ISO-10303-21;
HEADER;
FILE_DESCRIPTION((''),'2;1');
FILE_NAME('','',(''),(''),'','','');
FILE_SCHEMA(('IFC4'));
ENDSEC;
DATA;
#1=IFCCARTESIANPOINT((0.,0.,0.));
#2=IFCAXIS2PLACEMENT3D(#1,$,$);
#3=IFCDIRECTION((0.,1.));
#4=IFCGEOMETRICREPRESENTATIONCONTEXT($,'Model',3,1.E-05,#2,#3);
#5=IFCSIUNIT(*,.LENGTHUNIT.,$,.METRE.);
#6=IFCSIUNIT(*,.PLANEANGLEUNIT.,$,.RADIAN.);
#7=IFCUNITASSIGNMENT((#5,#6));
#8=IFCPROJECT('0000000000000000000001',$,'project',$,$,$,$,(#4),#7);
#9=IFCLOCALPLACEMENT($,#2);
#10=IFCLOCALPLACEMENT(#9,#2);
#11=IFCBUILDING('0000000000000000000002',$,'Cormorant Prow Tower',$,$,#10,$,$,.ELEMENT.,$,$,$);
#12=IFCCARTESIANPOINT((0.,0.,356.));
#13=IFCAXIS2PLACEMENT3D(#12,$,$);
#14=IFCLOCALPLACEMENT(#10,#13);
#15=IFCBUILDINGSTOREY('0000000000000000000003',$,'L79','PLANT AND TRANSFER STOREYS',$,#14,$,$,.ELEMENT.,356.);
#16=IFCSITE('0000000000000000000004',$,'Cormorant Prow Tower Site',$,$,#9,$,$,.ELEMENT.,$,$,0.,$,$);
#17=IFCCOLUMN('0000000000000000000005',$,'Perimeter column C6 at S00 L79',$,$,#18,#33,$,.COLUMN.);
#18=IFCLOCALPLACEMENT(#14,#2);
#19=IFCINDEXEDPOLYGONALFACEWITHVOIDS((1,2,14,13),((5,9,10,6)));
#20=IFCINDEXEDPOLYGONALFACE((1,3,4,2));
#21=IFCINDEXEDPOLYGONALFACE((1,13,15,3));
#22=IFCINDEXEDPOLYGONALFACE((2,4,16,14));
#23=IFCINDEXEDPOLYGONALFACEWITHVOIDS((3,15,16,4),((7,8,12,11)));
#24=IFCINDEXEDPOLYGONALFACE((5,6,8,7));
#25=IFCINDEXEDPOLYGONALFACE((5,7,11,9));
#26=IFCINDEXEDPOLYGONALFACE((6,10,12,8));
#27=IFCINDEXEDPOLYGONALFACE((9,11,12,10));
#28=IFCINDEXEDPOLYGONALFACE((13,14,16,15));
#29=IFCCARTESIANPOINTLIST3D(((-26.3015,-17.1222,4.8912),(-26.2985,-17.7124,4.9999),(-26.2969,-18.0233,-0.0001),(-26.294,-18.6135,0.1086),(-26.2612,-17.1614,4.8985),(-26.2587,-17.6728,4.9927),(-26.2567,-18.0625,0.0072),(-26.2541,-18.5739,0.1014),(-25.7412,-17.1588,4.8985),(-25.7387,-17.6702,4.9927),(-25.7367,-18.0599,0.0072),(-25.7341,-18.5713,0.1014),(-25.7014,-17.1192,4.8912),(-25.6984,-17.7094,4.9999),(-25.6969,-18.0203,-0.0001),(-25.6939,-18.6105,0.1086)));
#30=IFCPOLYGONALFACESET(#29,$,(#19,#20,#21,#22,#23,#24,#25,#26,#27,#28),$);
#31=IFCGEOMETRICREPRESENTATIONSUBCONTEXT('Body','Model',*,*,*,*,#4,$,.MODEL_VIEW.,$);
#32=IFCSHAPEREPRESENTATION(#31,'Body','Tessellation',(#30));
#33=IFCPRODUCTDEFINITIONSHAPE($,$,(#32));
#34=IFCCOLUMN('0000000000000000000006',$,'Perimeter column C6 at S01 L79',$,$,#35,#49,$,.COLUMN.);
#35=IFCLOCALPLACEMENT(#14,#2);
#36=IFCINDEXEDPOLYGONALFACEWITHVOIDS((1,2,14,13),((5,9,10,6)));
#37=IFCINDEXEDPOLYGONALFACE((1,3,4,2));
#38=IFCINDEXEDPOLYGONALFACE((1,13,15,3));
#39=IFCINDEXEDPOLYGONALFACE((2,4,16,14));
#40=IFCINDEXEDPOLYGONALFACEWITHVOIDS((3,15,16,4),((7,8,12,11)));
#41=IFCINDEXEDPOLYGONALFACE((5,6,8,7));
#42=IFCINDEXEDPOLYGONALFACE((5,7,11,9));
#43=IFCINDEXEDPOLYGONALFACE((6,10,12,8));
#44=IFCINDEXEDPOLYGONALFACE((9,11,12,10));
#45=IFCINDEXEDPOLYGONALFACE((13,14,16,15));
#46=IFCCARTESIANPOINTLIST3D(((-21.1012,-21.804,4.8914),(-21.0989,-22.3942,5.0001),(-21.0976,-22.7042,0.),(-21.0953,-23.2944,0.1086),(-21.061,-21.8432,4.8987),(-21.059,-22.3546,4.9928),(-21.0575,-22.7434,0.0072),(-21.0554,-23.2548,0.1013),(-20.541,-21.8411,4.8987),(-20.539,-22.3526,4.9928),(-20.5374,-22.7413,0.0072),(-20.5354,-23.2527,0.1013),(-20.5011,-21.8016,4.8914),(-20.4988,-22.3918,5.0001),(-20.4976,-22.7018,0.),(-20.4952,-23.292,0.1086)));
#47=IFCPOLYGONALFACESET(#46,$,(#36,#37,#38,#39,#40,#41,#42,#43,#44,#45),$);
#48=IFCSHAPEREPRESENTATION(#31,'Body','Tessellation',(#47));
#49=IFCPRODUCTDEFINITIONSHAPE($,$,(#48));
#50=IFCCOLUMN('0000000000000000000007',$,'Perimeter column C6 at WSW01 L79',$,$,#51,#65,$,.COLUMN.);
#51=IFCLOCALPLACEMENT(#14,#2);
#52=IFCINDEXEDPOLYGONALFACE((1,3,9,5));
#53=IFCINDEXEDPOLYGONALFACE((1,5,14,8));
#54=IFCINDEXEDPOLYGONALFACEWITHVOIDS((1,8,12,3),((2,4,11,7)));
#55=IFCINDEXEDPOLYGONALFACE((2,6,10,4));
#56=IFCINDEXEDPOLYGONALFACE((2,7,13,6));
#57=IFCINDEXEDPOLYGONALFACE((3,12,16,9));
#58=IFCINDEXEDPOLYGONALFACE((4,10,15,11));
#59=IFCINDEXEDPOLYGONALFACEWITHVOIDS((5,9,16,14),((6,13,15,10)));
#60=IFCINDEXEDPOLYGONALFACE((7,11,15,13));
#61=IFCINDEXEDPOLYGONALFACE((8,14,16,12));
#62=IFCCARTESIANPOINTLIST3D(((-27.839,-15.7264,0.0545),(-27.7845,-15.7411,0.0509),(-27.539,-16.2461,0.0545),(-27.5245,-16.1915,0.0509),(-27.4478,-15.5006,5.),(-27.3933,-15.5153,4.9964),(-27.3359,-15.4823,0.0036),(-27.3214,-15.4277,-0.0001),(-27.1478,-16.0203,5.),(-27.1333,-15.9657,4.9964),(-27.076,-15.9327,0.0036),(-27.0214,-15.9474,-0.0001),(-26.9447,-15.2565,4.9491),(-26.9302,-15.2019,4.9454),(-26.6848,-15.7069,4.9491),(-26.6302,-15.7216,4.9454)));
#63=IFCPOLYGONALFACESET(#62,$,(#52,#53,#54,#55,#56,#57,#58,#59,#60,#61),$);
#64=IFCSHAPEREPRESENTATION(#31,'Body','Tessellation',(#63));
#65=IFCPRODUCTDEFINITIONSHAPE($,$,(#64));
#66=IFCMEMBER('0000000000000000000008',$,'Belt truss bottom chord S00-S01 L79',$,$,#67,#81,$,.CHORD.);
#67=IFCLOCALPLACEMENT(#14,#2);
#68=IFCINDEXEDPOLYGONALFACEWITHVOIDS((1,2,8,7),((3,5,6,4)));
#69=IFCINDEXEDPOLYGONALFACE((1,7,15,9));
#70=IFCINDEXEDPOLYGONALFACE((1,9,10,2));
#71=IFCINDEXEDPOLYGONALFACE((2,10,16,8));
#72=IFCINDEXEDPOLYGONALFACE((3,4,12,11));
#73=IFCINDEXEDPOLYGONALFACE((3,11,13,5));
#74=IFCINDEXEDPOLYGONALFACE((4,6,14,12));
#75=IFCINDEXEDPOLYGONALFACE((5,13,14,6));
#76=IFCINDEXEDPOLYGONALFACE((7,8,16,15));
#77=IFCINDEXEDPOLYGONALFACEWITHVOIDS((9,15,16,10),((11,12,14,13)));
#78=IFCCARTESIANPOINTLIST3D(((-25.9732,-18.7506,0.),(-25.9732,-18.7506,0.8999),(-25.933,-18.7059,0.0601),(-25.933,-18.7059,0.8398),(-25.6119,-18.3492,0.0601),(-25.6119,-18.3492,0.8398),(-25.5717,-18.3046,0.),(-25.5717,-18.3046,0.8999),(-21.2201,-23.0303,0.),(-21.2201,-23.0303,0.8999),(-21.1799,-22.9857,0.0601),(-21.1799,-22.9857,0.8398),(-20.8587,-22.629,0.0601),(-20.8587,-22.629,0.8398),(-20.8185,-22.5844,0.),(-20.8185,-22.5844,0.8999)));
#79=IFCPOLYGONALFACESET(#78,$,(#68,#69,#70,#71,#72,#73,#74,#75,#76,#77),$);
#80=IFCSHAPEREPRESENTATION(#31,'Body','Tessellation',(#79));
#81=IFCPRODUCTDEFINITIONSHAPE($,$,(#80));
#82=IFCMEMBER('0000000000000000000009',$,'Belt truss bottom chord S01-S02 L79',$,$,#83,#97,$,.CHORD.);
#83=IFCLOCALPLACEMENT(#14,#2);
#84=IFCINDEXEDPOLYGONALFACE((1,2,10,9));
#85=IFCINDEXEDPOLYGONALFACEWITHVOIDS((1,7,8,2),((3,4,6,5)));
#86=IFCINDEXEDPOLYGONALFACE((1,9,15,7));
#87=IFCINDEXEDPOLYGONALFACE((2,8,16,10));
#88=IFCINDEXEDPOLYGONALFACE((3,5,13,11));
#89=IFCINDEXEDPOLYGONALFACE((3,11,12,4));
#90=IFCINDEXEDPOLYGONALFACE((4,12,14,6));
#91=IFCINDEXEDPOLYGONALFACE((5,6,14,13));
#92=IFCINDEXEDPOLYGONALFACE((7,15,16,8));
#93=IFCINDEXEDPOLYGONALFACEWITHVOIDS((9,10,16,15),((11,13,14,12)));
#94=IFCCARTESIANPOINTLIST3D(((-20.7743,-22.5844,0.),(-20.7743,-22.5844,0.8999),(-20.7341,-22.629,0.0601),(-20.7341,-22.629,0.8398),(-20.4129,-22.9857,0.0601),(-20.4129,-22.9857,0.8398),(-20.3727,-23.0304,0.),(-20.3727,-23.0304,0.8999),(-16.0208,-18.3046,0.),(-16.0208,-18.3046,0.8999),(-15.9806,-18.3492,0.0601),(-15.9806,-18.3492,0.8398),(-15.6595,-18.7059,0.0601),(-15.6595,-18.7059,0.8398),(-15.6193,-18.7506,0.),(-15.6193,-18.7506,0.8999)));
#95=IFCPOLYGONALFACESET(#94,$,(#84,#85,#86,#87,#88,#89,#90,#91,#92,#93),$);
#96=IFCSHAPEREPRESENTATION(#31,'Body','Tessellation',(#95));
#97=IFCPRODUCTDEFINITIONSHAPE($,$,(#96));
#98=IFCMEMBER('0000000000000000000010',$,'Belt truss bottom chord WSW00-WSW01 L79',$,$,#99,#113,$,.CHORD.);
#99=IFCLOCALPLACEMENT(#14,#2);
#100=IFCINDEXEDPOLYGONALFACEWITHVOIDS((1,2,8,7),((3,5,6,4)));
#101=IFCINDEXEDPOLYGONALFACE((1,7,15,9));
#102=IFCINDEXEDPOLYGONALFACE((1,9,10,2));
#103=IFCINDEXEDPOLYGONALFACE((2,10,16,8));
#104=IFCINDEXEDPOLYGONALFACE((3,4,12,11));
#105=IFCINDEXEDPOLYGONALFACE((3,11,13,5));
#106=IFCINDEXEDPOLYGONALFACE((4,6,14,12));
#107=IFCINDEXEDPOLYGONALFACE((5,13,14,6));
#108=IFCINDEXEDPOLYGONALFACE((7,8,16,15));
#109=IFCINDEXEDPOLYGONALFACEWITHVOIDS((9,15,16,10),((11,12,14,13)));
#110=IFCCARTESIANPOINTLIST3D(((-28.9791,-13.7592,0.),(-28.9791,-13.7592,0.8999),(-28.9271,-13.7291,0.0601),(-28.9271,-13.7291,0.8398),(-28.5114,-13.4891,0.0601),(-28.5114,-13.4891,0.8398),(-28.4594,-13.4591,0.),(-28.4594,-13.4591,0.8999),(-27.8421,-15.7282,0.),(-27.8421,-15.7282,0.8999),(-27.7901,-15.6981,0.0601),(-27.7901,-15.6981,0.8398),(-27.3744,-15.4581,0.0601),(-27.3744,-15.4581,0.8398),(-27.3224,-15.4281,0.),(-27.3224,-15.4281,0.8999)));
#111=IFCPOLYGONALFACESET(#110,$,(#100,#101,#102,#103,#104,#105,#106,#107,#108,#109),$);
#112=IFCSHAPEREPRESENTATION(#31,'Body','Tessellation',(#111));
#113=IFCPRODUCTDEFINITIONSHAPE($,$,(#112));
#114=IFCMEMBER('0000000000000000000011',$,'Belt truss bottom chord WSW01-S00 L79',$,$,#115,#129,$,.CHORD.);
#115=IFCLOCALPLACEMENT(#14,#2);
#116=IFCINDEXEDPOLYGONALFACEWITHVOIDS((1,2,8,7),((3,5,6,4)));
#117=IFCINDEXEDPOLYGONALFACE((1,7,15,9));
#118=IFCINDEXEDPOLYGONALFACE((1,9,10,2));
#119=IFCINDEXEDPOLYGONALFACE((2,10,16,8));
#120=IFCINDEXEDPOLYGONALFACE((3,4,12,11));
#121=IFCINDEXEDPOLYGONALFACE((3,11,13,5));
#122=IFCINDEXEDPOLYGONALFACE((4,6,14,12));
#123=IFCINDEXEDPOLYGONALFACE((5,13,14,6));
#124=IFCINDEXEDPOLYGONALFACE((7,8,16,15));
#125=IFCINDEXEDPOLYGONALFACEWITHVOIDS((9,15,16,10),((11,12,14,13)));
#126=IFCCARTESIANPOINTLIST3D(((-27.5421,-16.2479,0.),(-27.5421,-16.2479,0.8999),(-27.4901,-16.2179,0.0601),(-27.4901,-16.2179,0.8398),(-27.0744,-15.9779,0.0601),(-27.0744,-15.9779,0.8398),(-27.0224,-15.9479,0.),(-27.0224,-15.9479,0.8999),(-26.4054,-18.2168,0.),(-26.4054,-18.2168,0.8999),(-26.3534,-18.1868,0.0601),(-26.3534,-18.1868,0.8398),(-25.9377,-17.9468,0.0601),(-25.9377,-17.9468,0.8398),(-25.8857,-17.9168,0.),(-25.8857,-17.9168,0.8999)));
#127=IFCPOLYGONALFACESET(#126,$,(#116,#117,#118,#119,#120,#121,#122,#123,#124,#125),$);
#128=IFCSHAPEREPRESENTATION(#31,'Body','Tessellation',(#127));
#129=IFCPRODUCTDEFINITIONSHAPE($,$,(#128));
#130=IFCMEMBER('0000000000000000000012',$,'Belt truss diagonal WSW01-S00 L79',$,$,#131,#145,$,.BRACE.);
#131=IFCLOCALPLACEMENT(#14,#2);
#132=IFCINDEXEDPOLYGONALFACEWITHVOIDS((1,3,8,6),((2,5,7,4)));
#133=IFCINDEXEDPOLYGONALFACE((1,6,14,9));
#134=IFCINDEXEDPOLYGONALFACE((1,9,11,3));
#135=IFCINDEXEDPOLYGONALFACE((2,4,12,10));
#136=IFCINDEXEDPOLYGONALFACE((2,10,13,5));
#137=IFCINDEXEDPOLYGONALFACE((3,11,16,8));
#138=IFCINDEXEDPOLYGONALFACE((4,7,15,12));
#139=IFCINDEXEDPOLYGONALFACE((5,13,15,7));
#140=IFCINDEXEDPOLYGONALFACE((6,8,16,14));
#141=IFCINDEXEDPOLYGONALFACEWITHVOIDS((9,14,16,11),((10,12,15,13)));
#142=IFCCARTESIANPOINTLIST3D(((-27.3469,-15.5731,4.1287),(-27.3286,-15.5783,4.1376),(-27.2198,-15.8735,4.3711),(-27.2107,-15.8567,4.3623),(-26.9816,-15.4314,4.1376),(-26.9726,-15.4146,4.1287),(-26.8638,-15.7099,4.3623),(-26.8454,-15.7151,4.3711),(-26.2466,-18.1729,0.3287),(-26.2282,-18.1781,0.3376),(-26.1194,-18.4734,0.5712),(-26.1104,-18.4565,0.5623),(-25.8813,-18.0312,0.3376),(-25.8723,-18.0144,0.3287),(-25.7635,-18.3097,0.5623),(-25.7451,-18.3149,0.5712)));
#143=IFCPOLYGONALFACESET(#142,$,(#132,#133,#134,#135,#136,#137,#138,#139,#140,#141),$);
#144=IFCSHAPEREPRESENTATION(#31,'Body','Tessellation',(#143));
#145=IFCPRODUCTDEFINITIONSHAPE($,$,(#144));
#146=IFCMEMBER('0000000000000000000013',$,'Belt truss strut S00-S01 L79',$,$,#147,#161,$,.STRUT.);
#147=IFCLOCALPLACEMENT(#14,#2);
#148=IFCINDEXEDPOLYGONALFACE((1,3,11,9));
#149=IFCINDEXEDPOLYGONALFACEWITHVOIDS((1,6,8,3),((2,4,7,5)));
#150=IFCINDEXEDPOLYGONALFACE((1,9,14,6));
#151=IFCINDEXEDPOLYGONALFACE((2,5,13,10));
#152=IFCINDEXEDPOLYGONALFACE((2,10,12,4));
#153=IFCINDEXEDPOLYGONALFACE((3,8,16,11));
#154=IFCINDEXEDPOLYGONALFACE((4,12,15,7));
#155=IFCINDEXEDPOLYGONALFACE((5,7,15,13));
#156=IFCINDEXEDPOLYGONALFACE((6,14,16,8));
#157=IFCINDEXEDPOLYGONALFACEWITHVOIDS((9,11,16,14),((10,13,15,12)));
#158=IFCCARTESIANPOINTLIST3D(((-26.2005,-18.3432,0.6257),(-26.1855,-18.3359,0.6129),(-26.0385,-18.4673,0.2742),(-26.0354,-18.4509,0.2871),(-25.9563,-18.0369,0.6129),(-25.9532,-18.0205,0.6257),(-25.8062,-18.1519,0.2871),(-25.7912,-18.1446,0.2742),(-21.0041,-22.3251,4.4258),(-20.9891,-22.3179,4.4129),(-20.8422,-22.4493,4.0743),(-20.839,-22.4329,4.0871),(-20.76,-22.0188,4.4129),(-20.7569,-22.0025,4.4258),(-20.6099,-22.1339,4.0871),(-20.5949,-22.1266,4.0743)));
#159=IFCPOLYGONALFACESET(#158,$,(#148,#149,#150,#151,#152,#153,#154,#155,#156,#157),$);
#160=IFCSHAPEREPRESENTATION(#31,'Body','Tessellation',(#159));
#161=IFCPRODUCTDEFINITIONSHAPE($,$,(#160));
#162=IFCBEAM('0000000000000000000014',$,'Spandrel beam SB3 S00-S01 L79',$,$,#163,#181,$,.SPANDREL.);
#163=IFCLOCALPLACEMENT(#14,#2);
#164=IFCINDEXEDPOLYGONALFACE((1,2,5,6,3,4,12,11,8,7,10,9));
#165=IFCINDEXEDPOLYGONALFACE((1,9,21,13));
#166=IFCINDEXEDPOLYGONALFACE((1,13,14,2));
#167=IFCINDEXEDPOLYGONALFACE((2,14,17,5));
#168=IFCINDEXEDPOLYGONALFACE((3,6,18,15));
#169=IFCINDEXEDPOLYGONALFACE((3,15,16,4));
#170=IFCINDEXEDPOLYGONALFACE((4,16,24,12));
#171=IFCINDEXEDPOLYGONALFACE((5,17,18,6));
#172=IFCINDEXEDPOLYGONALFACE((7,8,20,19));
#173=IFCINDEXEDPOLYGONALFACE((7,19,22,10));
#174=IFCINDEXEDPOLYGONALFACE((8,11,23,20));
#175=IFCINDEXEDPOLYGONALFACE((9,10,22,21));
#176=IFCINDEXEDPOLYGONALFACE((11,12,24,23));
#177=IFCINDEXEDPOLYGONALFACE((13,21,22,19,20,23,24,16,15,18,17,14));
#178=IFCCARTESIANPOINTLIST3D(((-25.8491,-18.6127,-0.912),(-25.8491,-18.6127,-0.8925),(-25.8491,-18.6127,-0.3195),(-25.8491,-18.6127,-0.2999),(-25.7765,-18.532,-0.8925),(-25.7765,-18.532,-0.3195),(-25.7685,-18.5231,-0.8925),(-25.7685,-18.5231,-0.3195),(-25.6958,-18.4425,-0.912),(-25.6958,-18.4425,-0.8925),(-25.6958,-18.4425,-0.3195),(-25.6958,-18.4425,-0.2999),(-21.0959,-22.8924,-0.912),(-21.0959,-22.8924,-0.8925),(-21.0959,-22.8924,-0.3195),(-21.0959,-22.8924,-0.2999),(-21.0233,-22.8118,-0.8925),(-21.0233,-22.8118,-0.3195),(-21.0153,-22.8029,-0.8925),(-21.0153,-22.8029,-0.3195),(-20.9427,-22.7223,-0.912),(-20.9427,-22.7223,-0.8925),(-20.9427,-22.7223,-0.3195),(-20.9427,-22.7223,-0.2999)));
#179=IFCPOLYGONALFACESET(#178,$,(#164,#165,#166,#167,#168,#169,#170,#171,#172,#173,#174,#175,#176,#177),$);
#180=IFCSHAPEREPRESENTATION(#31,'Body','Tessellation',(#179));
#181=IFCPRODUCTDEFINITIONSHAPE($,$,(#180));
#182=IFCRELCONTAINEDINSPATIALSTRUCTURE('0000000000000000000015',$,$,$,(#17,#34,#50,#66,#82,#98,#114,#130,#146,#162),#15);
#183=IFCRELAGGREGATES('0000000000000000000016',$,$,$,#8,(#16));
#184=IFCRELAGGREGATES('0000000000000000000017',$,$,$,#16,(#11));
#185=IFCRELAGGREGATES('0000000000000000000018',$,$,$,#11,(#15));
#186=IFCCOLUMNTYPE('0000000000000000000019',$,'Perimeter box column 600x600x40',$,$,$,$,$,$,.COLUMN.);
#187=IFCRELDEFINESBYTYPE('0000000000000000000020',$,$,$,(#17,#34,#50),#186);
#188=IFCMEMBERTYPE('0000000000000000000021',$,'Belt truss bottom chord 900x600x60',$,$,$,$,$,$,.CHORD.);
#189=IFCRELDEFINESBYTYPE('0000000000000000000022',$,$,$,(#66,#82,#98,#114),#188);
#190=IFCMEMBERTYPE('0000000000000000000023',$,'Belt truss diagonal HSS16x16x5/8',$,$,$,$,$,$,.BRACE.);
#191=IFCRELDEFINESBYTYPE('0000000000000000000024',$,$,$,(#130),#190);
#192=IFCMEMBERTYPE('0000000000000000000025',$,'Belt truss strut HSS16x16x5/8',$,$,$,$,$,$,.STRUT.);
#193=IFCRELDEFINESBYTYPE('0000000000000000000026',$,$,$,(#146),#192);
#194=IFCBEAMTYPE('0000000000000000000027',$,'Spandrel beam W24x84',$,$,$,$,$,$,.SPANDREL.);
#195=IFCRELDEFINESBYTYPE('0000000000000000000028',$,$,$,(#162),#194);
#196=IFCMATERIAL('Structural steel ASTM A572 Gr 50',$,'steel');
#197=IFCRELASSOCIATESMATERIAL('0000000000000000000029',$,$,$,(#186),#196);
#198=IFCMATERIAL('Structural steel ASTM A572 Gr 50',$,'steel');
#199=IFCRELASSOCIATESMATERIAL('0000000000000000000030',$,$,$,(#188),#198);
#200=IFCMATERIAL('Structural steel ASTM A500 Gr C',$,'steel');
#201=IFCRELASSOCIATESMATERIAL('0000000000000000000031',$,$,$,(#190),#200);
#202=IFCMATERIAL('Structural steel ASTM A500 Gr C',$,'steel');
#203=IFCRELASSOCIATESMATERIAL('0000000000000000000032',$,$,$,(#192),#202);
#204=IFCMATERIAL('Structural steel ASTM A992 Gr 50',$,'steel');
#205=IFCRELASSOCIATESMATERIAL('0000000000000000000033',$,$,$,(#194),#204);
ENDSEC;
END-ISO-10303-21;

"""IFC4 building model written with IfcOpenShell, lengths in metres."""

from ifc_helpers import new_model, si_unit, direction, frame, origin, origin_2d, place, context, subcontext, project, spatial, hollow_rectangle, i_section, extrude, material, material_profile, profile_set, type_object, element, save


model = new_model("IFC4")

# Units and contexts
model_context = context("Model", 3, precision=1e-05, world=origin(), true_north=direction((0.0, 1.0)))
body_context = subcontext(model_context, "Body", "Model", "MODEL_VIEW")
ifc_project = project(units=[si_unit("LENGTHUNIT", "METRE"), si_unit("PLANEANGLEUNIT", "RADIAN")], contexts=[model_context])

# Site, building, storey
site_placement = place(None, origin())
site = spatial("IfcSite", under=ifc_project, at=site_placement, Name="Cormorant Prow Tower Site", CompositionType="ELEMENT", RefElevation=0.0)
building_placement = place(site_placement, origin())
building = spatial("IfcBuilding", under=site, at=building_placement, Name="Cormorant Prow Tower", CompositionType="ELEMENT")
storey_placement = place(building_placement, frame((0.0, 0.0, 356.0)))
storey = spatial("IfcBuildingStorey", under=building, at=storey_placement, Name="L79", Description="PLANT AND TRANSFER STOREYS", CompositionType="ELEMENT", Elevation=356.0)

# Columns
ifc_material_1 = material(Name="Structural steel ASTM A572 Gr 50", Category="steel")
ifc_material_profile_1 = material_profile(ifc_material_1, hollow_rectangle(XDim=0.6001, YDim=0.6001, WallThickness=0.04, at=origin_2d()), Name="Box 600x600x40")
ifc_profile_set_1 = profile_set([ifc_material_profile_1], Name="Structural steel ASTM A572 Gr 50")
column_type = type_object("IfcColumnType", Name="Perimeter box column 600x600x40", PredefinedType="COLUMN", material=ifc_profile_set_1)
for number, where, z_axis, x_axis, name in (
    (1, (-25.9954, -18.3269, 0.0), (-0.000912, 0.181179, 0.98345), (-0.999987, -0.005036, 0.0), "Perimeter column C6 at S00 L79"),
    (2, (-20.7964, -23.0081, 0.0), (-0.00072, 0.180994, 0.983484), (-0.999992, -0.00398, 0.0), "Perimeter column C6 at S01 L79"),
):
    element("IfcColumn", number, at=place(storey_placement, frame(where, z_axis=z_axis, x_axis=x_axis)), inside=storey, type_object=column_type, Name=name, PredefinedType="COLUMN", context=body_context, shape_type="SweptSolid", body=[
        extrude(hollow_rectangle(XDim=0.6001, YDim=0.6001, WallThickness=0.04, at=origin_2d()), frame((0.0, 0.0, 0.0552)), (0.0, 0.0, 1.0), 4.9736),
    ])
column_placement = place(storey_placement, frame((-27.4324, -15.8381, 0.0), z_axis=(0.078774, 0.045465, 0.995855), x_axis=(-0.499877, 0.866097, 0.0)))
element("IfcColumn", 3, at=column_placement, inside=storey, type_object=column_type, Name="Perimeter column C6 at WSW01 L79", PredefinedType="COLUMN", context=body_context, shape_type="SweptSolid", body=[
    extrude(hollow_rectangle(XDim=0.6001, YDim=0.6001, WallThickness=0.04, at=origin_2d()), frame((0.0, 0.0, 0.0273)), (0.0, 0.0, 1.0), 4.9661),
])

# Members
ifc_material_2 = material(Name="Structural steel ASTM A572 Gr 50", Category="steel")
ifc_material_profile_2 = material_profile(ifc_material_2, hollow_rectangle(XDim=0.6001, YDim=0.8999, WallThickness=0.0601, at=origin_2d()), Name="Box 900x600x60")
ifc_profile_set_2 = profile_set([ifc_material_profile_2], Name="Structural steel ASTM A572 Gr 50")
member_type_1 = type_object("IfcMemberType", Name="Belt truss bottom chord 900x600x60", PredefinedType="CHORD", material=ifc_profile_set_2)
member_1_placement = place(storey_placement, frame((-25.7725, -18.5276, 0.45), z_axis=(0.743144, -0.669131, 0.0), x_axis=(0.669131, 0.743144, 0.0)))
element("IfcMember", 4, at=member_1_placement, inside=storey, type_object=member_type_1, Name="Belt truss bottom chord S00-S01 L79", PredefinedType="CHORD", context=body_context, shape_type="SweptSolid", body=[
    extrude(hollow_rectangle(XDim=0.6001, YDim=0.8999, WallThickness=0.0601, at=origin_2d()), origin(), (0.0, 0.0, 1.0), 6.396),
])
member_2_placement = place(storey_placement, frame((-20.5735, -22.8074, 0.45), z_axis=(0.743161, 0.669112, 0.0), x_axis=(-0.669112, 0.743161, 0.0)))
element("IfcMember", 5, at=member_2_placement, inside=storey, type_object=member_type_1, Name="Belt truss bottom chord S01-S02 L79", PredefinedType="CHORD", context=body_context, shape_type="SweptSolid", body=[
    extrude(hollow_rectangle(XDim=0.6001, YDim=0.8999, WallThickness=0.0601, at=origin_2d()), origin(), (0.0, 0.0, 1.0), 6.3962),
])
member_3_placement = place(storey_placement, frame((-28.7192, -13.6091, 0.45), z_axis=(0.500054, -0.865994, 0.0), x_axis=(0.865994, 0.500054, 0.0)))
element("IfcMember", 6, at=member_3_placement, inside=storey, type_object=member_type_1, Name="Belt truss bottom chord WSW00-WSW01 L79", PredefinedType="CHORD", context=body_context, shape_type="SweptSolid", body=[
    extrude(hollow_rectangle(XDim=0.6001, YDim=0.8999, WallThickness=0.0601, at=origin_2d()), origin(), (0.0, 0.0, 1.0), 2.2737),
])
member_4_placement = place(storey_placement, frame((-27.2822, -16.0979, 0.45), z_axis=(0.499973, -0.866041, 0.0), x_axis=(0.866041, 0.499973, 0.0)))
element("IfcMember", 7, at=member_4_placement, inside=storey, type_object=member_type_1, Name="Belt truss bottom chord WSW01-S00 L79", PredefinedType="CHORD", context=body_context, shape_type="SweptSolid", body=[
    extrude(hollow_rectangle(XDim=0.6001, YDim=0.8999, WallThickness=0.0601, at=origin_2d()), origin(), (0.0, 0.0, 1.0), 2.2734),
])
ifc_material_3 = material(Name="Structural steel ASTM A500 Gr C", Category="steel")
ifc_material_profile_3 = material_profile(ifc_material_3, hollow_rectangle(XDim=0.4065, YDim=0.4065, WallThickness=0.0149, at=origin_2d()), Name="HSS16x16x5/8")
ifc_profile_set_3 = profile_set([ifc_material_profile_3], Name="Structural steel ASTM A500 Gr C")
member_type_2 = type_object("IfcMemberType", Name="Belt truss diagonal HSS16x16x5/8", PredefinedType="BRACE", material=ifc_profile_set_3)
member_5_placement = place(storey_placement, frame((-25.9958, -18.2439, 0.45), z_axis=(-0.232436, 0.549192, 0.802721), x_axis=(-0.920916, -0.389761, 0.0)))
element("IfcMember", 8, at=member_5_placement, inside=storey, type_object=member_type_2, Name="Belt truss diagonal WSW01-S00 L79", PredefinedType="BRACE", context=body_context, shape_type="SweptSolid", body=[
    extrude(hollow_rectangle(XDim=0.4065, YDim=0.4065, WallThickness=0.0149, at=origin_2d()), origin(), (0.0, 0.0, 1.0), 4.7339),
])
ifc_material_4 = material(Name="Structural steel ASTM A500 Gr C", Category="steel")
ifc_material_profile_4 = material_profile(ifc_material_4, hollow_rectangle(XDim=0.4065, YDim=0.4065, WallThickness=0.0149, at=origin_2d()), Name="HSS16x16x5/8")
ifc_profile_set_4 = profile_set([ifc_material_profile_4], Name="Structural steel ASTM A500 Gr C")
member_type_3 = type_object("IfcMemberType", Name="Belt truss strut HSS16x16x5/8", PredefinedType="STRUT", material=ifc_profile_set_4)
member_6_placement = place(storey_placement, frame((-25.9958, -18.2439, 0.45), z_axis=(0.686476, -0.526049, 0.50202), x_axis=(0.60825, 0.793746, 0.0)))
element("IfcMember", 9, at=member_6_placement, inside=storey, type_object=member_type_3, Name="Belt truss strut S00-S01 L79", PredefinedType="STRUT", context=body_context, shape_type="SweptSolid", body=[
    extrude(hollow_rectangle(XDim=0.4065, YDim=0.4065, WallThickness=0.0149, at=origin_2d()), origin(), (0.0, 0.0, 1.0), 7.5696),
])

# Beam
ifc_material_5 = material(Name="Structural steel ASTM A992 Gr 50", Category="steel")
ifc_material_profile_5 = material_profile(ifc_material_5, i_section(OverallWidth=0.229, OverallDepth=0.6121, WebThickness=0.012, FlangeThickness=0.0195, at=origin_2d()), Name="W24x84")
ifc_profile_set_5 = profile_set([ifc_material_profile_5], Name="Structural steel ASTM A992 Gr 50")
beam_type = type_object("IfcBeamType", Name="Spandrel beam W24x84", PredefinedType="SPANDREL", material=ifc_profile_set_5)
beam_1_placement = place(storey_placement, frame((-25.7725, -18.5276, -0.606), z_axis=(0.743144, -0.669131, 0.0), x_axis=(0.669131, 0.743144, 0.0)))
element("IfcBeam", 10, at=beam_1_placement, inside=storey, type_object=beam_type, Name="Spandrel beam SB3 S00-S01 L79", PredefinedType="SPANDREL", context=body_context, shape_type="SweptSolid", body=[
    extrude(i_section(OverallWidth=0.229, OverallDepth=0.6121, WebThickness=0.012, FlangeThickness=0.0195, at=origin_2d()), origin(), (0.0, 0.0, 1.0), 6.396),
])

save(model, "model.ifc")
